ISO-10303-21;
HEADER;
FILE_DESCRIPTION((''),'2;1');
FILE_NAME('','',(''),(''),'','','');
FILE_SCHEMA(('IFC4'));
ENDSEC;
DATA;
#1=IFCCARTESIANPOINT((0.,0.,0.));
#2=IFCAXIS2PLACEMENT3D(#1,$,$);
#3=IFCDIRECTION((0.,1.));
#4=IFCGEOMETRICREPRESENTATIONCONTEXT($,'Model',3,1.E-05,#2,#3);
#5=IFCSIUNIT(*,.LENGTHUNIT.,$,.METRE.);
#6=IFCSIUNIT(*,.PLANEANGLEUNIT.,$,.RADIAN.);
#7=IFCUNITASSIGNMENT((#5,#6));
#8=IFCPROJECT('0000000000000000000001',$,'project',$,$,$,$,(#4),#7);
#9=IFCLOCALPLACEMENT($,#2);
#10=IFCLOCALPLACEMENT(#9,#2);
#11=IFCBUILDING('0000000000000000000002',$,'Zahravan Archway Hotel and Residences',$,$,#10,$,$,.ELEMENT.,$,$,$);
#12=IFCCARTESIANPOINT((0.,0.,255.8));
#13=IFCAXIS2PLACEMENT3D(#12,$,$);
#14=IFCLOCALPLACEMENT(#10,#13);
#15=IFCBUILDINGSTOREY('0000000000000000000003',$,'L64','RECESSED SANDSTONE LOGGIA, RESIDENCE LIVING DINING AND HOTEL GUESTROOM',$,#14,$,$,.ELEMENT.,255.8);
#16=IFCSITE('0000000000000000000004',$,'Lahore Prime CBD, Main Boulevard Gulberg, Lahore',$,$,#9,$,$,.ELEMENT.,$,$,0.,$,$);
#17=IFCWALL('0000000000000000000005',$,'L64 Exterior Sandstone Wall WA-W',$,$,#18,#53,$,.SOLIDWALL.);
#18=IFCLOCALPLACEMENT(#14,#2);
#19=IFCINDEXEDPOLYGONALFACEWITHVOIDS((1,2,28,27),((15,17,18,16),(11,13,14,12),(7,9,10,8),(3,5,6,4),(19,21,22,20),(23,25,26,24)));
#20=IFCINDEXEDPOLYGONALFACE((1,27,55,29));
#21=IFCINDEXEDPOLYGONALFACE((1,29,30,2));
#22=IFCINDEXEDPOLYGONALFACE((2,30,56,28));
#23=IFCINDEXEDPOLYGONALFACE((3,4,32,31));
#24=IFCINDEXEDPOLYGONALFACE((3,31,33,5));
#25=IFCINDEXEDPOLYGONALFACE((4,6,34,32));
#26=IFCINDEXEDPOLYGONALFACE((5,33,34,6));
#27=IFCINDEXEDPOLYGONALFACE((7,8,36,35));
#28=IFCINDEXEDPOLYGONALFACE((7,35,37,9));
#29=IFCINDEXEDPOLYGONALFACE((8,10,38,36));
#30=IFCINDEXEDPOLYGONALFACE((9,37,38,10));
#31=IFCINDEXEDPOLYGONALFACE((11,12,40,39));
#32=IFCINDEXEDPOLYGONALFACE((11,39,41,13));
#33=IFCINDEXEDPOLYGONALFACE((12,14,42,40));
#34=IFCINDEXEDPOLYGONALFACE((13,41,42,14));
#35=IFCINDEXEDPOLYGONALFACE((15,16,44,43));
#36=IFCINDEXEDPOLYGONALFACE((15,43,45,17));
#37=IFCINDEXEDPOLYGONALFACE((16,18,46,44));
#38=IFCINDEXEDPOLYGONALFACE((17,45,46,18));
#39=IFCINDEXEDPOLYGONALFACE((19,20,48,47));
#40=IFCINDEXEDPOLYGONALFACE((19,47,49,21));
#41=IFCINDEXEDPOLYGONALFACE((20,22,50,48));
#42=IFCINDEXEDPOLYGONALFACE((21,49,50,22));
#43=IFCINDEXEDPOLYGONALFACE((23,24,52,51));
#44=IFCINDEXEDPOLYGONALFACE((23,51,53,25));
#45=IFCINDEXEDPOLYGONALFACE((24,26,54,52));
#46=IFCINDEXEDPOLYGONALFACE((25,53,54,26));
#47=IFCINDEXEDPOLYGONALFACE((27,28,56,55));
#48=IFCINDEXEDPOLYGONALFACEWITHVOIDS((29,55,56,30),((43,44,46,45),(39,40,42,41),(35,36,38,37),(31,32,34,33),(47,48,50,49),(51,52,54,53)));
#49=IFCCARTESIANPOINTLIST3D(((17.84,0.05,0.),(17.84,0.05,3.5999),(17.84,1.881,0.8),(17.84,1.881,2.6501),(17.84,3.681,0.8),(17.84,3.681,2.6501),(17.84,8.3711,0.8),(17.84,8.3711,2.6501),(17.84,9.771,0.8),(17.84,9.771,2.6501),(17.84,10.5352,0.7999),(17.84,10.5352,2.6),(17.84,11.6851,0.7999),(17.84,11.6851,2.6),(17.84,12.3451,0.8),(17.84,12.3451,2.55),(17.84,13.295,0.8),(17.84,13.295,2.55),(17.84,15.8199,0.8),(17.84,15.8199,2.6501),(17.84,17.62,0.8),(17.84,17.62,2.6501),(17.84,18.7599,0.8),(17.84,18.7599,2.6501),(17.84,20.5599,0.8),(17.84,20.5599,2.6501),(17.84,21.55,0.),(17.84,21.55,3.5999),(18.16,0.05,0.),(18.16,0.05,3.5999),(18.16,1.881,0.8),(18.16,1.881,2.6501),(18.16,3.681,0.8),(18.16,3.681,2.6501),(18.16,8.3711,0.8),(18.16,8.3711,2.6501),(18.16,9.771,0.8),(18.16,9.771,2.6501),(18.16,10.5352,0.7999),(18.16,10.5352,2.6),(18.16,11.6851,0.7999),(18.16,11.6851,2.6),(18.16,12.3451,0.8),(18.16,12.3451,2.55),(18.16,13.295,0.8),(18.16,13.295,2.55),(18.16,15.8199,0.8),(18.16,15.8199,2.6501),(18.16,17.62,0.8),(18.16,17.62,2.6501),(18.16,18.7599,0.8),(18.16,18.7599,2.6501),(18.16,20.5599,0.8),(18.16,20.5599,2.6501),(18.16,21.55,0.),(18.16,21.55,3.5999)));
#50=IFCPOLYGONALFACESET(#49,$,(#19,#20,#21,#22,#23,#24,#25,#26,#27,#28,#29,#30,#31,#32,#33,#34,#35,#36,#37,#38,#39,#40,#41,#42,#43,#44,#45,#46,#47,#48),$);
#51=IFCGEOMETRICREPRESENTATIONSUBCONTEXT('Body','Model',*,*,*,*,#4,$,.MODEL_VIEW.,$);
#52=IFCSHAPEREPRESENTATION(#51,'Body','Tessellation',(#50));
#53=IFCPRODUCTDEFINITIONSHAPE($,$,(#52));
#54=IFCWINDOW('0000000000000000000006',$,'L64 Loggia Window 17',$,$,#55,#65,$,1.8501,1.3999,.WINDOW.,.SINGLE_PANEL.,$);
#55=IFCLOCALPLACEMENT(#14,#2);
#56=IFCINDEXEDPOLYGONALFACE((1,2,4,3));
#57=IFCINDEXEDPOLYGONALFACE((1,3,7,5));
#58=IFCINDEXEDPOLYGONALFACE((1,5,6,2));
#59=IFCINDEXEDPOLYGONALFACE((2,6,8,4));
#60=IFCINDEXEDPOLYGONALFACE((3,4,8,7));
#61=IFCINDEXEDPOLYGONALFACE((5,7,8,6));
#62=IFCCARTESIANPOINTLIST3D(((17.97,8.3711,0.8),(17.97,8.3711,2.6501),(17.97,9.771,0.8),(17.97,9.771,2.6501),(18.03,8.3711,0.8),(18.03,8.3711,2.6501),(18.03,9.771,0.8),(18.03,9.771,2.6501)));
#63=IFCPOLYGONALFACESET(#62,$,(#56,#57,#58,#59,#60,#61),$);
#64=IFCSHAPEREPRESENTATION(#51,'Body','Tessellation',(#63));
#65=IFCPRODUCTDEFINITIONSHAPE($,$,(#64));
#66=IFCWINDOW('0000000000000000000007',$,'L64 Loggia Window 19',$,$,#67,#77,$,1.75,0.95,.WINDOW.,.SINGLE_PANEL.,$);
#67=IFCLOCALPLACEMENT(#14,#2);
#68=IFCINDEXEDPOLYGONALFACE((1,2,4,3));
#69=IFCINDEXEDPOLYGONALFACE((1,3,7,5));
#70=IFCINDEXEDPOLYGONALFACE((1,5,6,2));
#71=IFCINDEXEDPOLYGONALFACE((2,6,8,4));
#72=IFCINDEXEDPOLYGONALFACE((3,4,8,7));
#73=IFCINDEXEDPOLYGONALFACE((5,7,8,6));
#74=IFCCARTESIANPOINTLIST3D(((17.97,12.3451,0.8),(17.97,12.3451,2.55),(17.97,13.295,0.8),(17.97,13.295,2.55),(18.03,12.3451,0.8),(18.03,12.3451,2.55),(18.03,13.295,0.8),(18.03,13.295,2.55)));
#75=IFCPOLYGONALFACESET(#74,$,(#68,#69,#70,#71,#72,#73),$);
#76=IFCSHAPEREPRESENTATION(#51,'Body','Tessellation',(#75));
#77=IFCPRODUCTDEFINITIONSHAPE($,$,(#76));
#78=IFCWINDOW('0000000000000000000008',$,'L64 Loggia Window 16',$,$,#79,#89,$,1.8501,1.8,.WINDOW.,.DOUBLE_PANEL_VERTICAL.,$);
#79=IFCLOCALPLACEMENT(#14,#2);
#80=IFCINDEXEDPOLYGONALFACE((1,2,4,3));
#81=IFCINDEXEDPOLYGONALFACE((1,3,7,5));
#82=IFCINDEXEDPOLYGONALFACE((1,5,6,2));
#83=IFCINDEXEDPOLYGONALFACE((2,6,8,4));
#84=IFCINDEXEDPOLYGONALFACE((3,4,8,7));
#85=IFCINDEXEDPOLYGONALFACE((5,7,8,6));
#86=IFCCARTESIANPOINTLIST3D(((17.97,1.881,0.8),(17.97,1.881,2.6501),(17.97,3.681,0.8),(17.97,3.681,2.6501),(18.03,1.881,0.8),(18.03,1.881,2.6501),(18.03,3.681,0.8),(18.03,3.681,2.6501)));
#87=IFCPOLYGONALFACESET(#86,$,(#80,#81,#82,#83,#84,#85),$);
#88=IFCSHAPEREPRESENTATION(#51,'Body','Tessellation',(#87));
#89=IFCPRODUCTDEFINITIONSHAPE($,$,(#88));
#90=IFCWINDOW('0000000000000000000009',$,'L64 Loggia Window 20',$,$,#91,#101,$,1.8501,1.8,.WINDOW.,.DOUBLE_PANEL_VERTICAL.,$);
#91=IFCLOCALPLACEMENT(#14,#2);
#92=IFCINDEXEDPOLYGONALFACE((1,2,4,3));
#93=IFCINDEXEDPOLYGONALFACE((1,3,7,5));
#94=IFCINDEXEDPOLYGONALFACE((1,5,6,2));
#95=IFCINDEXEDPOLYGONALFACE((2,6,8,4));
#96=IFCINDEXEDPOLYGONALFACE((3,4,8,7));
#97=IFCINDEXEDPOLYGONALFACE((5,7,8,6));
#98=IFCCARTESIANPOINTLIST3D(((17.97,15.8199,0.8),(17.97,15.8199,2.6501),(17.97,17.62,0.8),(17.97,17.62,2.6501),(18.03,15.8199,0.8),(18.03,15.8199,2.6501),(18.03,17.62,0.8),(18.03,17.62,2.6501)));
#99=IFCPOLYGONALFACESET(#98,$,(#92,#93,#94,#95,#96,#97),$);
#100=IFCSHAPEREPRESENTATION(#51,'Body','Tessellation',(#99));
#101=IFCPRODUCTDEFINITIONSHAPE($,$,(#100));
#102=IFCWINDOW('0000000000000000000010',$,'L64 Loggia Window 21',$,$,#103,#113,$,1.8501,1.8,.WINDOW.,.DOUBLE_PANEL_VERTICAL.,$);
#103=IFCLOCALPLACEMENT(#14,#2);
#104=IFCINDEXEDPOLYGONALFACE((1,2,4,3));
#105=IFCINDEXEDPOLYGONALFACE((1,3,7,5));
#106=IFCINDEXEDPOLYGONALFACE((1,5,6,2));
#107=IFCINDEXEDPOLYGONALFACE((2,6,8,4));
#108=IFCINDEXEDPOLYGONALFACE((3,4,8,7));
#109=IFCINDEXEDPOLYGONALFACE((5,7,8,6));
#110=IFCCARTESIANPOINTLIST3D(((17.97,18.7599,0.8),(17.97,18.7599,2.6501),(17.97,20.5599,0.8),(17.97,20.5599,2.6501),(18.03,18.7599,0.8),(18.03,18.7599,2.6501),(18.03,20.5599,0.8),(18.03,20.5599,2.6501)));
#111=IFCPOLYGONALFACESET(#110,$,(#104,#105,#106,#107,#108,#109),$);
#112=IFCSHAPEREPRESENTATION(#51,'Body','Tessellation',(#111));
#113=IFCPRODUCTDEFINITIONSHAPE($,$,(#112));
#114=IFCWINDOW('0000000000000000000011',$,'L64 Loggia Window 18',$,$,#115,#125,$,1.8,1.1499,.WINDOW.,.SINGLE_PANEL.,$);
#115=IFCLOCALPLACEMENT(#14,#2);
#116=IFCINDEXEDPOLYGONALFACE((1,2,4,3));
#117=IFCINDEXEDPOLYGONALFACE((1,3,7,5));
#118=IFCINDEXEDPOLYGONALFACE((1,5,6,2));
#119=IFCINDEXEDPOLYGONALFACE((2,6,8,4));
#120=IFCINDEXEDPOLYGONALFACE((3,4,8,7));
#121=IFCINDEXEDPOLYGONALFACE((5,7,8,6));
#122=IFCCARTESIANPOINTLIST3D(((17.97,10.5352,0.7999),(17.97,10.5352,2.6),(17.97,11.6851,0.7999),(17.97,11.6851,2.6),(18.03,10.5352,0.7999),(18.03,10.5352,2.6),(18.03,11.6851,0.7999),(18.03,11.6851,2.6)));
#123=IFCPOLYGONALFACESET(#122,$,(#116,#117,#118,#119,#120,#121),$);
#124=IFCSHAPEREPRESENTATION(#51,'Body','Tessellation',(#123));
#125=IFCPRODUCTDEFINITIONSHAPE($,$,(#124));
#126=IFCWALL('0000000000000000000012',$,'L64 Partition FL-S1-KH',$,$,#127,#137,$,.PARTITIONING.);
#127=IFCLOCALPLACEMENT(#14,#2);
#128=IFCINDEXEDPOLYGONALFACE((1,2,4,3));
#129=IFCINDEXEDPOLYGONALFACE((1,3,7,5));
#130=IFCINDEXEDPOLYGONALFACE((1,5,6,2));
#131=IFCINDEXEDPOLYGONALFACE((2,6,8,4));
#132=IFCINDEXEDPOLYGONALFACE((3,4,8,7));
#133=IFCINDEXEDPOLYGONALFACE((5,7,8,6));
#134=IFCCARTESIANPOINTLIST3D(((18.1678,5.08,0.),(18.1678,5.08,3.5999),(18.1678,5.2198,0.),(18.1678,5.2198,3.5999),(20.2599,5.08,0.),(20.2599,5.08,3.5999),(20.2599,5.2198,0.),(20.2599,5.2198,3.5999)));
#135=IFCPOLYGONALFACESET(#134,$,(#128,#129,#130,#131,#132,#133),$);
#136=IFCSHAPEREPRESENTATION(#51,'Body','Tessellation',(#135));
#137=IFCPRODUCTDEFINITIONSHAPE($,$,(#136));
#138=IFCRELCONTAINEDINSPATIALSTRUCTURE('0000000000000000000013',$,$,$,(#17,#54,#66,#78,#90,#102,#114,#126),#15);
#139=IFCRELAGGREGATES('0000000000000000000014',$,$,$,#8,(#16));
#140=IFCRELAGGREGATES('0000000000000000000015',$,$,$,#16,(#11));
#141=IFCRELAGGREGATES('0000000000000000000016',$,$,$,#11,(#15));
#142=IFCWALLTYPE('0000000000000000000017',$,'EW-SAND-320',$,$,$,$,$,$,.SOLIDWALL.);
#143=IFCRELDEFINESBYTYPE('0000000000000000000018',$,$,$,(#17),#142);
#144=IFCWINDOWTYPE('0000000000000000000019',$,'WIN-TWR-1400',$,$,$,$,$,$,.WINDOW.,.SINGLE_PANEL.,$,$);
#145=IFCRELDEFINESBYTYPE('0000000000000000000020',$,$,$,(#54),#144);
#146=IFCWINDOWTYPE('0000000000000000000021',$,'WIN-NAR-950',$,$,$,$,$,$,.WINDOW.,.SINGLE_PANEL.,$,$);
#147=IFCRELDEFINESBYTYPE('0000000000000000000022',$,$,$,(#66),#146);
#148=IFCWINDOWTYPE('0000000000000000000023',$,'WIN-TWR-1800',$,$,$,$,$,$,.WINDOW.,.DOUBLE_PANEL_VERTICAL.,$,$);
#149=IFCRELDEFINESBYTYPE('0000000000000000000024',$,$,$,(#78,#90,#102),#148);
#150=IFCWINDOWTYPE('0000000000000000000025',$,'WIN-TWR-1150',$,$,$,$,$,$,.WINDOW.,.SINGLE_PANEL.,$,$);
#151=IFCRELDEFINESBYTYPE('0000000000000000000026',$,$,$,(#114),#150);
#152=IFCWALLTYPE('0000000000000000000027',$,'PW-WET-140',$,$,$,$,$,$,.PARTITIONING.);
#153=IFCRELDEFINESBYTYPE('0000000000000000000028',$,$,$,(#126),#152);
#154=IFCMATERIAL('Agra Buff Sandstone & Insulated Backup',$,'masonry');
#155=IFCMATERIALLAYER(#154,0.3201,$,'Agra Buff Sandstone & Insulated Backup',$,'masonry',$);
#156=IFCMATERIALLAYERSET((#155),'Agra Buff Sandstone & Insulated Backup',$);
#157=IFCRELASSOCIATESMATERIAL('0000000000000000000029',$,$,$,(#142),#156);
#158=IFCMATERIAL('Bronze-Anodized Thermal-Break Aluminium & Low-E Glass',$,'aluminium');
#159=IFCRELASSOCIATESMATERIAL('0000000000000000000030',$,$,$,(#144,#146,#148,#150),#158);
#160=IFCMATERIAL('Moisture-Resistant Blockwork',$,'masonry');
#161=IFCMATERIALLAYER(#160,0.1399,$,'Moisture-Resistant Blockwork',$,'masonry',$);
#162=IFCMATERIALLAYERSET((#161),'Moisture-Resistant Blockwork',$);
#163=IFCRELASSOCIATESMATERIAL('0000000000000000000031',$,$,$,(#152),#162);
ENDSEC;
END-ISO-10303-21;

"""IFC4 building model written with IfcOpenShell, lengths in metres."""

from ifc_helpers import new_model, si_unit, direction, frame, frame_2d, origin, place, context, subcontext, project, spatial, rectangle, extrude, source, transform, mapped, material, layer, layer_set, type_object, type_shapes, element, fill, save


model = new_model("IFC4")

# Units and contexts
model_context = context("Model", 3, precision=1e-05, world=origin(), true_north=direction((0.0, 1.0)))
body_context = subcontext(model_context, "Body", "Model", "MODEL_VIEW")
ifc_project = project(units=[si_unit("LENGTHUNIT", "METRE"), si_unit("PLANEANGLEUNIT", "RADIAN")], contexts=[model_context])

# Site, building, storey
site_placement = place(None, origin())
site = spatial("IfcSite", under=ifc_project, at=site_placement, Name="Lahore Prime CBD, Main Boulevard Gulberg, Lahore", CompositionType="ELEMENT", RefElevation=0.0)
building_placement = place(site_placement, origin())
building = spatial("IfcBuilding", under=site, at=building_placement, Name="Zahravan Archway Hotel and Residences", CompositionType="ELEMENT")
storey_placement = place(building_placement, frame((0.0, 0.0, 255.8)))
storey = spatial("IfcBuildingStorey", under=building, at=storey_placement, Name="L64", Description="RECESSED SANDSTONE LOGGIA, RESIDENCE LIVING DINING AND HOTEL GUESTROOM", CompositionType="ELEMENT", Elevation=255.8)

# Shared definitions
ifc_material_1 = material(Name="Agra Buff Sandstone & Insulated Backup", Category="masonry")
ifc_layer_1 = layer(ifc_material_1, 0.3201, Name="Agra Buff Sandstone & Insulated Backup", Category="masonry")
ifc_layer_set_1 = layer_set([ifc_layer_1], Name="Agra Buff Sandstone & Insulated Backup")
wall_type_1 = type_object("IfcWallType", Name="EW-SAND-320", PredefinedType="SOLIDWALL", material=ifc_layer_set_1)
ifc_material_2 = material(Name="Bronze-Anodized Thermal-Break Aluminium & Low-E Glass", Category="aluminium")
window_type_1 = type_object("IfcWindowType", Name="WIN-TWR-1400", PartitioningType="SINGLE_PANEL", PredefinedType="WINDOW", material=ifc_material_2)
shared_shape_1 = source(origin(), body_context, "Body", "SweptSolid", [
    extrude(rectangle(XDim=1.3999, YDim=1.8501, at=frame_2d((0.7, 0.925))), frame((0.0, 0.03, 0.0), z_axis=(0.0, -1.0, 0.0), x_axis=(1.0, 0.0, 0.0)), (0.0, 0.0, 1.0), 0.0601),
])
type_shapes(window_type_1, [shared_shape_1])
window_type_2 = type_object("IfcWindowType", Name="WIN-NAR-950", PartitioningType="SINGLE_PANEL", PredefinedType="WINDOW", material=ifc_material_2)
shared_shape_2 = source(origin(), body_context, "Body", "SweptSolid", [
    extrude(rectangle(XDim=0.95, YDim=1.75, at=frame_2d((0.4751, 0.875))), frame((0.0, 0.03, 0.0), z_axis=(0.0, -1.0, 0.0), x_axis=(1.0, 0.0, 0.0)), (0.0, 0.0, 1.0), 0.0601),
])
type_shapes(window_type_2, [shared_shape_2])
window_type_3 = type_object("IfcWindowType", Name="WIN-TWR-1800", PartitioningType="DOUBLE_PANEL_VERTICAL", PredefinedType="WINDOW", material=ifc_material_2)
shared_shape_3 = source(origin(), body_context, "Body", "SweptSolid", [
    extrude(rectangle(XDim=1.8, YDim=1.8501, at=frame_2d((0.8999, 0.925))), frame((0.0, 0.03, 0.0), z_axis=(0.0, -1.0, 0.0), x_axis=(1.0, 0.0, 0.0)), (0.0, 0.0, 1.0), 0.0601),
])
type_shapes(window_type_3, [shared_shape_3])

# Wall, openings, windows
wall_1_placement = place(storey_placement, frame((18.0, 0.05, 0.0), z_axis=(0.0, 0.0, 1.0), x_axis=(0.0, 1.0, 0.0)))
wall_1 = element("IfcWall", 1, at=wall_1_placement, inside=storey, type_object=wall_type_1, Name="L64 Exterior Sandstone Wall WA-W", PredefinedType="SOLIDWALL", context=body_context, shape_type="SweptSolid", body=[
    extrude(rectangle(XDim=21.5, YDim=0.3201, at=frame_2d((10.75, 0.0))), origin(), (0.0, 0.0, 1.0), 3.5999),
])
opening_1_placement = place(wall_1_placement, frame((1.8311, 0.0, 0.8)))
opening_1 = element("IfcOpeningElement", 2, at=opening_1_placement, cuts=wall_1, PredefinedType="OPENING", context=body_context, shape_type="SweptSolid", body=[
    extrude(rectangle(XDim=1.8, YDim=1.8501, at=frame_2d((0.8999, 0.925))), frame((0.0, 0.1699, 0.0), z_axis=(0.0, -1.0, 0.0), x_axis=(1.0, 0.0, 0.0)), (0.0, 0.0, 1.0), 0.3401),
])
opening_2_placement = place(wall_1_placement, frame((8.321, 0.0, 0.8)))
opening_2 = element("IfcOpeningElement", 3, at=opening_2_placement, cuts=wall_1, PredefinedType="OPENING", context=body_context, shape_type="SweptSolid", body=[
    extrude(rectangle(XDim=1.3999, YDim=1.8501, at=frame_2d((0.7, 0.925))), frame((0.0, 0.1699, 0.0), z_axis=(0.0, -1.0, 0.0), x_axis=(1.0, 0.0, 0.0)), (0.0, 0.0, 1.0), 0.3401),
])
opening_3_placement = place(wall_1_placement, frame((10.4851, 0.0, 0.8)))
opening_3 = element("IfcOpeningElement", 4, at=opening_3_placement, cuts=wall_1, PredefinedType="OPENING", context=body_context, shape_type="SweptSolid", body=[
    extrude(rectangle(XDim=1.1499, YDim=1.8, at=frame_2d((0.575, 0.8999))), frame((0.0, 0.1699, 0.0), z_axis=(0.0, -1.0, 0.0), x_axis=(1.0, 0.0, 0.0)), (0.0, 0.0, 1.0), 0.3401),
])
opening_4_placement = place(wall_1_placement, frame((12.2949, 0.0, 0.8)))
opening_4 = element("IfcOpeningElement", 5, at=opening_4_placement, cuts=wall_1, PredefinedType="OPENING", context=body_context, shape_type="SweptSolid", body=[
    extrude(rectangle(XDim=0.95, YDim=1.75, at=frame_2d((0.4751, 0.875))), frame((0.0, 0.1699, 0.0), z_axis=(0.0, -1.0, 0.0), x_axis=(1.0, 0.0, 0.0)), (0.0, 0.0, 1.0), 0.3401),
])
opening_5_placement = place(wall_1_placement, frame((15.77, 0.0, 0.8)))
opening_5 = element("IfcOpeningElement", 6, at=opening_5_placement, cuts=wall_1, PredefinedType="OPENING", context=body_context, shape_type="SweptSolid", body=[
    extrude(rectangle(XDim=1.8, YDim=1.8501, at=frame_2d((0.8999, 0.925))), frame((0.0, 0.1699, 0.0), z_axis=(0.0, -1.0, 0.0), x_axis=(1.0, 0.0, 0.0)), (0.0, 0.0, 1.0), 0.3401),
])
opening_6_placement = place(wall_1_placement, frame((18.71, 0.0, 0.8)))
opening_6 = element("IfcOpeningElement", 7, at=opening_6_placement, cuts=wall_1, PredefinedType="OPENING", context=body_context, shape_type="SweptSolid", body=[
    extrude(rectangle(XDim=1.8, YDim=1.8501, at=frame_2d((0.8999, 0.925))), frame((0.0, 0.1699, 0.0), z_axis=(0.0, -1.0, 0.0), x_axis=(1.0, 0.0, 0.0)), (0.0, 0.0, 1.0), 0.3401),
])
window_1_placement = place(opening_2_placement, origin())
window_1 = element("IfcWindow", 8, at=window_1_placement, inside=storey, type_object=window_type_1, Name="L64 Loggia Window 17", OverallHeight=1.8501, OverallWidth=1.3999, PartitioningType="SINGLE_PANEL", PredefinedType="WINDOW", context=body_context, shape_type="MappedRepresentation", body=[
    mapped(shared_shape_1, transform((0.0, 0.0, 0.0), scale=1.0)),
])
fill(opening_2, window_1)
window_2_placement = place(opening_4_placement, origin())
window_2 = element("IfcWindow", 9, at=window_2_placement, inside=storey, type_object=window_type_2, Name="L64 Loggia Window 19", OverallHeight=1.75, OverallWidth=0.95, PartitioningType="SINGLE_PANEL", PredefinedType="WINDOW", context=body_context, shape_type="MappedRepresentation", body=[
    mapped(shared_shape_2, transform((0.0, 0.0, 0.0), scale=1.0)),
])
fill(opening_4, window_2)
window_3_placement = place(opening_1_placement, origin())
window_3 = element("IfcWindow", 10, at=window_3_placement, inside=storey, type_object=window_type_3, Name="L64 Loggia Window 16", OverallHeight=1.8501, OverallWidth=1.8, PartitioningType="DOUBLE_PANEL_VERTICAL", PredefinedType="WINDOW", context=body_context, shape_type="MappedRepresentation", body=[
    mapped(shared_shape_3, transform((0.0, 0.0, 0.0), scale=1.0)),
])
fill(opening_1, window_3)
window_4_placement = place(opening_5_placement, origin())
window_4 = element("IfcWindow", 11, at=window_4_placement, inside=storey, type_object=window_type_3, Name="L64 Loggia Window 20", OverallHeight=1.8501, OverallWidth=1.8, PartitioningType="DOUBLE_PANEL_VERTICAL", PredefinedType="WINDOW", context=body_context, shape_type="MappedRepresentation", body=[
    mapped(shared_shape_3, transform((0.0, 0.0, 0.0), scale=1.0)),
])
fill(opening_5, window_4)
window_5_placement = place(opening_6_placement, origin())
window_5 = element("IfcWindow", 12, at=window_5_placement, inside=storey, type_object=window_type_3, Name="L64 Loggia Window 21", OverallHeight=1.8501, OverallWidth=1.8, PartitioningType="DOUBLE_PANEL_VERTICAL", PredefinedType="WINDOW", context=body_context, shape_type="MappedRepresentation", body=[
    mapped(shared_shape_3, transform((0.0, 0.0, 0.0), scale=1.0)),
])
fill(opening_6, window_5)
window_type_4 = type_object("IfcWindowType", Name="WIN-TWR-1150", PartitioningType="SINGLE_PANEL", PredefinedType="WINDOW", material=ifc_material_2)
shared_shape_4 = source(origin(), body_context, "Body", "SweptSolid", [
    extrude(rectangle(XDim=1.1499, YDim=1.8, at=frame_2d((0.575, 0.8999))), frame((0.0, 0.03, 0.0), z_axis=(0.0, -1.0, 0.0), x_axis=(1.0, 0.0, 0.0)), (0.0, 0.0, 1.0), 0.0601),
])
type_shapes(window_type_4, [shared_shape_4])
window_6_placement = place(opening_3_placement, origin())
window_6 = element("IfcWindow", 13, at=window_6_placement, inside=storey, type_object=window_type_4, Name="L64 Loggia Window 18", OverallHeight=1.8, OverallWidth=1.1499, PartitioningType="SINGLE_PANEL", PredefinedType="WINDOW", context=body_context, shape_type="MappedRepresentation", body=[
    mapped(shared_shape_4, transform((0.0, 0.0, 0.0), scale=1.0)),
])
fill(opening_3, window_6)

# Wall
ifc_material_3 = material(Name="Moisture-Resistant Blockwork", Category="masonry")
ifc_layer_2 = layer(ifc_material_3, 0.1399, Name="Moisture-Resistant Blockwork", Category="masonry")
ifc_layer_set_2 = layer_set([ifc_layer_2], Name="Moisture-Resistant Blockwork")
wall_type_2 = type_object("IfcWallType", Name="PW-WET-140", PredefinedType="PARTITIONING", material=ifc_layer_set_2)
wall_2_placement = place(storey_placement, frame((18.168, 5.1499, 0.0), z_axis=(0.0, 0.0, 1.0), x_axis=(1.0, 0.0, 0.0)))
element("IfcWall", 14, at=wall_2_placement, inside=storey, type_object=wall_type_2, Name="L64 Partition FL-S1-KH", PredefinedType="PARTITIONING", context=body_context, shape_type="SweptSolid", body=[
    extrude(rectangle(XDim=2.092, YDim=0.1399, at=frame_2d((1.0459, 0.0))), origin(), (0.0, 0.0, 1.0), 3.5999),
])

save(model, "model.ifc")
